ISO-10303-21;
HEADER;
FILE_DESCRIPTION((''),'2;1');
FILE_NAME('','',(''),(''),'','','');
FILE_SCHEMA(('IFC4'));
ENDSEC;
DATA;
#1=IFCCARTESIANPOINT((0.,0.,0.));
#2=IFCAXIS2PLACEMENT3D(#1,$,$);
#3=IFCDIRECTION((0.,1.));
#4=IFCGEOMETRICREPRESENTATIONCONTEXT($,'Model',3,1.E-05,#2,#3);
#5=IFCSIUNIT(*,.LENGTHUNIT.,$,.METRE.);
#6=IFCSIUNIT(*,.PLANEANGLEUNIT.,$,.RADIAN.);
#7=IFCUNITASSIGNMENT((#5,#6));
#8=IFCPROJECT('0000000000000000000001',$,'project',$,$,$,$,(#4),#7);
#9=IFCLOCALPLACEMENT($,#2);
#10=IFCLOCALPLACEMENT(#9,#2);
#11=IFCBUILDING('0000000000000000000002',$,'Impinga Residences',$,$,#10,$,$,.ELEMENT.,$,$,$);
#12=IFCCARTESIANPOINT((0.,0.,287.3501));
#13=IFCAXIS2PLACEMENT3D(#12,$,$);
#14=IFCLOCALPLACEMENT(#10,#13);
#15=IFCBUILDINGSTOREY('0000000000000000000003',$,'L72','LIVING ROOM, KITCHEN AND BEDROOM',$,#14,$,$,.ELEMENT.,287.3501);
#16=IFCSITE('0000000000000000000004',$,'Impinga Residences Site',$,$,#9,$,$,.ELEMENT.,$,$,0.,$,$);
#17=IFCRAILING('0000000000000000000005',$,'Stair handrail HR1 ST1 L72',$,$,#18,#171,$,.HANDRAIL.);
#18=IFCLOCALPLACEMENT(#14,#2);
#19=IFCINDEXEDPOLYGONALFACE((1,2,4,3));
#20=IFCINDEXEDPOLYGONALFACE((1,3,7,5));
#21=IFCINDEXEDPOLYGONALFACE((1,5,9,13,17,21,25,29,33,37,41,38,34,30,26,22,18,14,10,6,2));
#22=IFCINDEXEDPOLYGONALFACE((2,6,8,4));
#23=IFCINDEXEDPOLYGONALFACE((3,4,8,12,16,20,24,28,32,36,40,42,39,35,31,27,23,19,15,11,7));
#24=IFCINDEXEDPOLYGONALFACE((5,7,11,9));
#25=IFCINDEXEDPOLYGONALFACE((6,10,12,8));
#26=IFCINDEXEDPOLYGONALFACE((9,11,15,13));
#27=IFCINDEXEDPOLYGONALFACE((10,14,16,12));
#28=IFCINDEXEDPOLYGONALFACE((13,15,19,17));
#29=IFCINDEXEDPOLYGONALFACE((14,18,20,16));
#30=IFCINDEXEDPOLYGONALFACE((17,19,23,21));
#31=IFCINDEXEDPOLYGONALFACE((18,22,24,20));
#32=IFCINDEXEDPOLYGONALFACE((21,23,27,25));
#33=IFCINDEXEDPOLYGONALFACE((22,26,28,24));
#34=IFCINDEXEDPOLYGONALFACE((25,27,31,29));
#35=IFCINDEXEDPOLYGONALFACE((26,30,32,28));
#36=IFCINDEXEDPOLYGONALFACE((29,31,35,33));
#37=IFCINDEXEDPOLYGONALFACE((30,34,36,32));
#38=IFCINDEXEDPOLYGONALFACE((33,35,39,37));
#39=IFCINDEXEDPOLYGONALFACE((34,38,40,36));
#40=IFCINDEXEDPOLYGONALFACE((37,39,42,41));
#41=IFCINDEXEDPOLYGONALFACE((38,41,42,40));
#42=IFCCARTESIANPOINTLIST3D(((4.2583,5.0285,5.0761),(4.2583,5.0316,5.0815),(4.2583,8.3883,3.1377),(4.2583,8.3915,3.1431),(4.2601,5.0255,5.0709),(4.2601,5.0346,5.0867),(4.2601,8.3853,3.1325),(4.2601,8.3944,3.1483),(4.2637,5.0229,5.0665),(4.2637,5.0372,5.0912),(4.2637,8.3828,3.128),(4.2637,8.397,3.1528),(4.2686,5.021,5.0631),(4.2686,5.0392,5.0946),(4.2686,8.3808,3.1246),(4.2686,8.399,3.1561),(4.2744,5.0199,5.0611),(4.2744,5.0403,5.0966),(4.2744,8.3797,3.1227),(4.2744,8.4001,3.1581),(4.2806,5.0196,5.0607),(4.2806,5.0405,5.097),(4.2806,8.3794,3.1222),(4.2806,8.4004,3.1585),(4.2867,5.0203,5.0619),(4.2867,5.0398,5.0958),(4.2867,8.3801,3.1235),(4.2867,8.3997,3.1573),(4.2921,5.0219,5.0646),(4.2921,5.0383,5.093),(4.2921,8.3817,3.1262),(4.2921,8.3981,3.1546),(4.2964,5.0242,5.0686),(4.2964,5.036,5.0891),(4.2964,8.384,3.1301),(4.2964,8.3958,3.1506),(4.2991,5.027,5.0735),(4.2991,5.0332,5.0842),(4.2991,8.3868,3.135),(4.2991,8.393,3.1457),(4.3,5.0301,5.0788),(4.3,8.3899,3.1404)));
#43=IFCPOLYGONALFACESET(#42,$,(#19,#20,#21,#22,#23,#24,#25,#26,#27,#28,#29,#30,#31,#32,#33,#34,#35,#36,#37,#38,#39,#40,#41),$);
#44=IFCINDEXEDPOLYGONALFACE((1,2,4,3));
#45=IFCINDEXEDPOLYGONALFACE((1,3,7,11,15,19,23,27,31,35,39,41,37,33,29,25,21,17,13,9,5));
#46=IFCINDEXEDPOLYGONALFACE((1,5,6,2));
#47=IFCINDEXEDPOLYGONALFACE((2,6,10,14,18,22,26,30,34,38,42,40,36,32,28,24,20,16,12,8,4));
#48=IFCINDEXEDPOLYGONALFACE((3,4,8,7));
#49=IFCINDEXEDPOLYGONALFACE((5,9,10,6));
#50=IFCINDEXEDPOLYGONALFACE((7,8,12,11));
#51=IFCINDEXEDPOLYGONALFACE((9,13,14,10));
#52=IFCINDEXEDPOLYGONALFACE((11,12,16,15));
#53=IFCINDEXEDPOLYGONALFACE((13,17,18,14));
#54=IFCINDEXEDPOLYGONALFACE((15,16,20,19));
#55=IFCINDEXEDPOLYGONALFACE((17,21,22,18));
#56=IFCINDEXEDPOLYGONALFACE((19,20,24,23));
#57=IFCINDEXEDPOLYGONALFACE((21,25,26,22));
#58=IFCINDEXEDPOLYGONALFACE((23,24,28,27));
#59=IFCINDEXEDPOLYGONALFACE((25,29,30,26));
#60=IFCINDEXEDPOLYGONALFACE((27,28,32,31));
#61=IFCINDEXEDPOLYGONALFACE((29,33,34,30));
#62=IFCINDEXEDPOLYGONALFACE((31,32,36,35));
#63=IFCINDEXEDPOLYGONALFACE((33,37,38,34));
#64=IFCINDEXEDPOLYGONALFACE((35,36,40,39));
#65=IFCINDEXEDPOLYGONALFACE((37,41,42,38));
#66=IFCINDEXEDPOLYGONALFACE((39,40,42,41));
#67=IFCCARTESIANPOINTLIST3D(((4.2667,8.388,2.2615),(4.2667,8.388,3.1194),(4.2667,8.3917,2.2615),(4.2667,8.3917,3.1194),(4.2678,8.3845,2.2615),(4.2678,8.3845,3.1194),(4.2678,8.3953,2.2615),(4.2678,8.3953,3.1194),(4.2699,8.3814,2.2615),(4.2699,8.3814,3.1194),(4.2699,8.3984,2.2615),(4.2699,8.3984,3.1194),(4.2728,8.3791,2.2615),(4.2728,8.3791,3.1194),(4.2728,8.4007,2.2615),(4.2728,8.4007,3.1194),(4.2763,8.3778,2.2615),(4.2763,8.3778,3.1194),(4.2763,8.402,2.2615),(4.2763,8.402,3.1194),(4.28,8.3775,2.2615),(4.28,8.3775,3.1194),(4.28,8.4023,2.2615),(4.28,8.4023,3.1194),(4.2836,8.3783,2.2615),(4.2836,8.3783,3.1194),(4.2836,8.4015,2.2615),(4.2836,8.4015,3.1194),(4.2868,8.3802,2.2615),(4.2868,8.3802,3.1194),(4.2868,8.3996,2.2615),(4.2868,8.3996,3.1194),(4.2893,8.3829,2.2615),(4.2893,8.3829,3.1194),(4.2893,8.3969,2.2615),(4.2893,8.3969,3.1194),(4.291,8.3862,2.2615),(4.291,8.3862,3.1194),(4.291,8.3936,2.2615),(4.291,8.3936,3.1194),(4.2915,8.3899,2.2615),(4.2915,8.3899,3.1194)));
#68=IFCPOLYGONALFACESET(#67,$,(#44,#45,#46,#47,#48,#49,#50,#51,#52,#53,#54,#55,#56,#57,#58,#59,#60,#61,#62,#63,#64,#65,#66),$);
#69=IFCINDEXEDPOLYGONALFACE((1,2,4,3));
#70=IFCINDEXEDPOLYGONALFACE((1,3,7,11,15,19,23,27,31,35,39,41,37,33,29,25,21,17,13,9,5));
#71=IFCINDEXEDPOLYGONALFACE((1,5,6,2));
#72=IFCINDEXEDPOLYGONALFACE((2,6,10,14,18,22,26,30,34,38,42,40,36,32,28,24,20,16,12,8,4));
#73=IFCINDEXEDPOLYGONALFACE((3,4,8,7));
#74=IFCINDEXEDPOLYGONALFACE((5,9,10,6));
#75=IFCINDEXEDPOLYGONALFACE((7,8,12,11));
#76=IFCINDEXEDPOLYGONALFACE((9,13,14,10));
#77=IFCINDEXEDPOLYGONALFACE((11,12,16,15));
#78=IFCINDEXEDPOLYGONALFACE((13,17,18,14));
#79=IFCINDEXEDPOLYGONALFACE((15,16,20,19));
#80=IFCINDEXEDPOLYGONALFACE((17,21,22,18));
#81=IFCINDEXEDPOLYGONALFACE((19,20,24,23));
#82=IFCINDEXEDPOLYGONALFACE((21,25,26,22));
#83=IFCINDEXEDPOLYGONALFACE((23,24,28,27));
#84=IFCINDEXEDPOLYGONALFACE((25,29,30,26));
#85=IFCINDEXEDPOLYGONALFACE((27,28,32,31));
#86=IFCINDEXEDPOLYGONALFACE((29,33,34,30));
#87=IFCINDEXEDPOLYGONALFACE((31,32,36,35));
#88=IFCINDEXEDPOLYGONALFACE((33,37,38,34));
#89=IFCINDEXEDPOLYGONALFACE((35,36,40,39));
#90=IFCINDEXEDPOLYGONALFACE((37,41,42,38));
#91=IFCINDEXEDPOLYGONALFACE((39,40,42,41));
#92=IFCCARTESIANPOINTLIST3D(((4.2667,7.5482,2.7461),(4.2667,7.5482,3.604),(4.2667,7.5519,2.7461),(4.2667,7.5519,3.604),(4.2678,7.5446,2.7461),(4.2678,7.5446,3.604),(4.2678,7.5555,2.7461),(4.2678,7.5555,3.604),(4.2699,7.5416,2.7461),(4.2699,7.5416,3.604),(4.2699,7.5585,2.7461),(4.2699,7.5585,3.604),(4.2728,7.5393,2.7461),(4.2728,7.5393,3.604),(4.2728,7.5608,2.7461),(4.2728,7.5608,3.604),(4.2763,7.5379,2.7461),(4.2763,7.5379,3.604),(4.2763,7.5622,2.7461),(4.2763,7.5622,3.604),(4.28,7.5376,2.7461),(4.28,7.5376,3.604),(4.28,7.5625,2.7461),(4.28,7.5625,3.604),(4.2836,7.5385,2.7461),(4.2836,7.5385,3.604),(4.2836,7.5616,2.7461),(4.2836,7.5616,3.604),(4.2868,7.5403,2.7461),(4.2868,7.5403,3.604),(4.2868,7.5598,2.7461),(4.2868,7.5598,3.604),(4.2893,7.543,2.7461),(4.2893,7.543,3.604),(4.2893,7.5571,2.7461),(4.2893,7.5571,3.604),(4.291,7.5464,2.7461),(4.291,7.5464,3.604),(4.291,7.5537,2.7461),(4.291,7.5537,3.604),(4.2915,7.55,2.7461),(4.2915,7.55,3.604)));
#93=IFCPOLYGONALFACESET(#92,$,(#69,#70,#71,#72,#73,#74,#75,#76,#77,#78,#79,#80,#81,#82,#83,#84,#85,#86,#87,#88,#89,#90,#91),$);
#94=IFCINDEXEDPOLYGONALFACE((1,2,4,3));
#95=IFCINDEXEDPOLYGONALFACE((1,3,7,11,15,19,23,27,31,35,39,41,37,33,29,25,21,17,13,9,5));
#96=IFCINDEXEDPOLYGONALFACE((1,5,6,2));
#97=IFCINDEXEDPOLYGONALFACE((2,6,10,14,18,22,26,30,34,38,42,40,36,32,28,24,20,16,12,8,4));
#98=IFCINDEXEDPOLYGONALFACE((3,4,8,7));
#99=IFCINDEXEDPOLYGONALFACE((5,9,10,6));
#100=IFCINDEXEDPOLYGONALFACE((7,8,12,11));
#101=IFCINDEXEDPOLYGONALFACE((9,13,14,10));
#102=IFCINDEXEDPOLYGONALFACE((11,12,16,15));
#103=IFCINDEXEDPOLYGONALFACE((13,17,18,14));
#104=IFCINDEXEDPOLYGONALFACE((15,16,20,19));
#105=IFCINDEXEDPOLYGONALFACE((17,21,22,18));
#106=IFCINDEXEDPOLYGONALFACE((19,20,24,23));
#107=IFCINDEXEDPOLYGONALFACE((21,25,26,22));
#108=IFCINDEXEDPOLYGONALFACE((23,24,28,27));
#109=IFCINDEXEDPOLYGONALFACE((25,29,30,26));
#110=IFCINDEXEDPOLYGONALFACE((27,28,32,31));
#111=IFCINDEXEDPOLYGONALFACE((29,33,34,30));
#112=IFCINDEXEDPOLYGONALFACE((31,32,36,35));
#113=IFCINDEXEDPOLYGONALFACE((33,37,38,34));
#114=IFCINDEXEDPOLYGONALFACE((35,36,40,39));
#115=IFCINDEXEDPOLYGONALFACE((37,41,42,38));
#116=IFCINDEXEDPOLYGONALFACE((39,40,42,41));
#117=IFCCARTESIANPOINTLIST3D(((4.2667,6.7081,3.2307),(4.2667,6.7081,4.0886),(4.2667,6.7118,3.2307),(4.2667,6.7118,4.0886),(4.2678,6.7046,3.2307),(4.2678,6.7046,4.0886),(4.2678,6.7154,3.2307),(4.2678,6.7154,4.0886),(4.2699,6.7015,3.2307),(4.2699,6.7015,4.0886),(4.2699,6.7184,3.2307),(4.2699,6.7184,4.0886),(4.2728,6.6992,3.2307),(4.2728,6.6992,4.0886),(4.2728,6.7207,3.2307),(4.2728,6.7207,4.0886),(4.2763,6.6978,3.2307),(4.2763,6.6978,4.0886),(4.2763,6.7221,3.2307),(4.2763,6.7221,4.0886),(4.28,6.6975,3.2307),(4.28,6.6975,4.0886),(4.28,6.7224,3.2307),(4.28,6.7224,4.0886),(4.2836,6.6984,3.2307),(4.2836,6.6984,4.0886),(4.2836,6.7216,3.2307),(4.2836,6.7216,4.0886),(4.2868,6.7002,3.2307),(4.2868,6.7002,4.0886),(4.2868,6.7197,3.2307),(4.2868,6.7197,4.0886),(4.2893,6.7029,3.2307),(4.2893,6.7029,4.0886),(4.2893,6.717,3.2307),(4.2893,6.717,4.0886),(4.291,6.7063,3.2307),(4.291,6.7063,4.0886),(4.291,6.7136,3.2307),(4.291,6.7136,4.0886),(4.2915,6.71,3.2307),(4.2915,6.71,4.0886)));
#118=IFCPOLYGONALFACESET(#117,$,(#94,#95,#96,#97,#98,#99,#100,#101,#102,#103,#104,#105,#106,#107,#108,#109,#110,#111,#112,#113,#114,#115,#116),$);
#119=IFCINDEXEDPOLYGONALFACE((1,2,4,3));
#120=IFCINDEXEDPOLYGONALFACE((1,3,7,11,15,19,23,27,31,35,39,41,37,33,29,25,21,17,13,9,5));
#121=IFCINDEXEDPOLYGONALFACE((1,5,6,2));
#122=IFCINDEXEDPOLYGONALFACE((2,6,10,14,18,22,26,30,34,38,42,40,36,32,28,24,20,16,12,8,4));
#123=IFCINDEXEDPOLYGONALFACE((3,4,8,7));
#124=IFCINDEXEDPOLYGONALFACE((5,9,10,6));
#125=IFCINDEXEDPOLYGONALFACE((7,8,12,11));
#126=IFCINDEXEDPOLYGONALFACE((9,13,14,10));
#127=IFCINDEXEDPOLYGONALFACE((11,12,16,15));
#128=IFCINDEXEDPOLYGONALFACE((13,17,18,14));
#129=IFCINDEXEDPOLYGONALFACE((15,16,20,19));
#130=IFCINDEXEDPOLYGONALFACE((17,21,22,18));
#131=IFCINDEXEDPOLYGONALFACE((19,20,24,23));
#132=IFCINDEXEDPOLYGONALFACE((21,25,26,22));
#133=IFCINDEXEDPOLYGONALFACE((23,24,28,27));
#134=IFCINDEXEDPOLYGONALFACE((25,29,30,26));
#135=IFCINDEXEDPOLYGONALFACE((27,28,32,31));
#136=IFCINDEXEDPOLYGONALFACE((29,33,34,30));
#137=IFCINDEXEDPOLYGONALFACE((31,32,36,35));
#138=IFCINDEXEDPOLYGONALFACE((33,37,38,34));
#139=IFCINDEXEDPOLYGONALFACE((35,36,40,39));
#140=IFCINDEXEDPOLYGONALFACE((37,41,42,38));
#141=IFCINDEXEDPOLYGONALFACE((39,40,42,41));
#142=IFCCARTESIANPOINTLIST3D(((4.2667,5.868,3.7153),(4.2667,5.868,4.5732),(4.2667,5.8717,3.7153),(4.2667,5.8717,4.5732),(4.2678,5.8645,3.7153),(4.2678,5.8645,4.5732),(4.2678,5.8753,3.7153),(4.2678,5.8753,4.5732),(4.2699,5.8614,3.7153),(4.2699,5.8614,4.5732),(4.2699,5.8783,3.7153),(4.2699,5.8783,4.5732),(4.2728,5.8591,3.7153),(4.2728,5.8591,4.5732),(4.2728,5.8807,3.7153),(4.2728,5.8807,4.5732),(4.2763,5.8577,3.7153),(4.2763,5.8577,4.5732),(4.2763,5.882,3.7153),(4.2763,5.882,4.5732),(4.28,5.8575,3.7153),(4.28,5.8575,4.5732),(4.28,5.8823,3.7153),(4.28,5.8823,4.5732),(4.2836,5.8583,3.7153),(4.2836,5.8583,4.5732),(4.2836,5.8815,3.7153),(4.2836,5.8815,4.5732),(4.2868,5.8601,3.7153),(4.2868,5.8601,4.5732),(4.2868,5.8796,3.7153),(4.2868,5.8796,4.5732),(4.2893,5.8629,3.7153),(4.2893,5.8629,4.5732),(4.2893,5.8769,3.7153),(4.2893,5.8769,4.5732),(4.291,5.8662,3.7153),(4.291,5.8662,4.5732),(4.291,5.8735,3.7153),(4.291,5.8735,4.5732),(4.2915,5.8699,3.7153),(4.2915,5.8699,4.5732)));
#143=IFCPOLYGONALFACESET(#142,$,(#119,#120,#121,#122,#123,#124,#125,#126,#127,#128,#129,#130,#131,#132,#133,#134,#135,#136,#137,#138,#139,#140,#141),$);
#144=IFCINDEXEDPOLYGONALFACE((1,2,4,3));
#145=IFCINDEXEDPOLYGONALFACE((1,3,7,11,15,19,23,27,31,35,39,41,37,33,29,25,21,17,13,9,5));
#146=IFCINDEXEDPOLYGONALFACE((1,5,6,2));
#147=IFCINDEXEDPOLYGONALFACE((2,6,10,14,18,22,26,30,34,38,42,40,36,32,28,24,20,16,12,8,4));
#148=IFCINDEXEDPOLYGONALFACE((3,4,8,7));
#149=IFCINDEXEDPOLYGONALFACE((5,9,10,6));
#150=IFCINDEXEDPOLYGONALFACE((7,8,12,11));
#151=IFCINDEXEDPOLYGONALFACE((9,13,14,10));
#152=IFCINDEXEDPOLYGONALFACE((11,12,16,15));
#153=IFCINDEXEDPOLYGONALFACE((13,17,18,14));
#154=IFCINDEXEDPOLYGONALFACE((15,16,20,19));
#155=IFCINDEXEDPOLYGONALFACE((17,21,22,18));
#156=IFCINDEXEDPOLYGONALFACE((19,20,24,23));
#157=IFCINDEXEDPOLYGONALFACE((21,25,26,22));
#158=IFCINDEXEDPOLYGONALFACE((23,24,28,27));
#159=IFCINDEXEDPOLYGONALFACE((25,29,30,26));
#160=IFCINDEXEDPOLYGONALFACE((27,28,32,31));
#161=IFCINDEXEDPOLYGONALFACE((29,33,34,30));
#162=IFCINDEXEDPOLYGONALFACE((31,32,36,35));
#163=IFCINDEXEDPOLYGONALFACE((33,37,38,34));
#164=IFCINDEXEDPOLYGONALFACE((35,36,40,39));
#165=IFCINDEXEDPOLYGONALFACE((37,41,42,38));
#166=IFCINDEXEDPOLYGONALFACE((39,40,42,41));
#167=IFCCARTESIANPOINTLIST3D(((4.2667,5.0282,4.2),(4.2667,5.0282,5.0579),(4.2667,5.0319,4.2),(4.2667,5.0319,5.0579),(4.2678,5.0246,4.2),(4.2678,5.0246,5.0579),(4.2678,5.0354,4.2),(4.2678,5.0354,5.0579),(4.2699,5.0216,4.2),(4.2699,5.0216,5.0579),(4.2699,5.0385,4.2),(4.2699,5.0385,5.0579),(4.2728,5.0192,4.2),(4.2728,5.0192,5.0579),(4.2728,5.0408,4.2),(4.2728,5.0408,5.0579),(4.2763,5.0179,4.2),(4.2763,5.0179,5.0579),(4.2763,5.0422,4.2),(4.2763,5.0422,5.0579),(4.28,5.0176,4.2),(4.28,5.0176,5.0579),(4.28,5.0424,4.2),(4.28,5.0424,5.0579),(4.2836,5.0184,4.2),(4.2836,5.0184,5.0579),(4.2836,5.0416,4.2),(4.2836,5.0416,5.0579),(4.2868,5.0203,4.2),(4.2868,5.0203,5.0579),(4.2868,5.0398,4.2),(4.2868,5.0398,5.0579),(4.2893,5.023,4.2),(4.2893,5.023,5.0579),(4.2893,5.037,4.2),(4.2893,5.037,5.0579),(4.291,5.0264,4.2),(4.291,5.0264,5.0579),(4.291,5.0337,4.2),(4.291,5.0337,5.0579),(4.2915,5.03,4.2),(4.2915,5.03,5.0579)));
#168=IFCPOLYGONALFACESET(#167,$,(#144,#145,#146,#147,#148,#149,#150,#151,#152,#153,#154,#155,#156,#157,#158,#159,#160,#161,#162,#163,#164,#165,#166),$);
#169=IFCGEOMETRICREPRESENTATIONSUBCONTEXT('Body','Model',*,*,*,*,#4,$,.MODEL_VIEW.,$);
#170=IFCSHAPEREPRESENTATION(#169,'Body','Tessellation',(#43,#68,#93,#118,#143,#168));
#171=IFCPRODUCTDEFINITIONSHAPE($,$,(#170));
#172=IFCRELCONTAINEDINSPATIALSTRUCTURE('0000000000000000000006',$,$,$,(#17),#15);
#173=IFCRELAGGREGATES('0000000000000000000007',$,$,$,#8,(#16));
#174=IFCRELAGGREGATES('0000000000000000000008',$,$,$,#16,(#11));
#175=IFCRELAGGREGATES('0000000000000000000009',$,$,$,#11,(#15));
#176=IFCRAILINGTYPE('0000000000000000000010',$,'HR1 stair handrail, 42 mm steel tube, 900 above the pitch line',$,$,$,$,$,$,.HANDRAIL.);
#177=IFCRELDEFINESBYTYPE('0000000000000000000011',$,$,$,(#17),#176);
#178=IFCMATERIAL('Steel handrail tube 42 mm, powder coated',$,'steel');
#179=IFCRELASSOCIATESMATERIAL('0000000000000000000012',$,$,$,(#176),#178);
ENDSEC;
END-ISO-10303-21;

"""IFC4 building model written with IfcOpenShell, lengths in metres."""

from ifc_helpers import new_model, si_unit, direction, frame, origin, origin_2d, place, context, subcontext, project, spatial, circle, extrude, material, type_object, element, save


model = new_model("IFC4")

# Units and contexts
model_context = context("Model", 3, precision=1e-05, world=origin(), true_north=direction((0.0, 1.0)))
body_context = subcontext(model_context, "Body", "Model", "MODEL_VIEW")
ifc_project = project(units=[si_unit("LENGTHUNIT", "METRE"), si_unit("PLANEANGLEUNIT", "RADIAN")], contexts=[model_context])

# Site, building, storey
site_placement = place(None, origin())
site = spatial("IfcSite", under=ifc_project, at=site_placement, Name="Impinga Residences Site", CompositionType="ELEMENT", RefElevation=0.0)
building_placement = place(site_placement, origin())
building = spatial("IfcBuilding", under=site, at=building_placement, Name="Impinga Residences", CompositionType="ELEMENT")
storey_placement = place(building_placement, frame((0.0, 0.0, 287.3501)))
storey = spatial("IfcBuildingStorey", under=building, at=storey_placement, Name="L72", Description="LIVING ROOM, KITCHEN AND BEDROOM", CompositionType="ELEMENT", Elevation=287.3501)

# Railing
ifc_material_1 = material(Name="Steel handrail tube 42 mm, powder coated", Category="steel")
railing_type_1 = type_object("IfcRailingType", Name="HR1 stair handrail, 42 mm steel tube, 900 above the pitch line", PredefinedType="HANDRAIL", material=ifc_material_1)
railing_1_placement = place(storey_placement, frame((4.2791, 8.3899, 2.2615)))
element("IfcRailing", 1, at=railing_1_placement, inside=storey, type_object=railing_type_1, Name="Stair handrail HR1 ST1 L72", PredefinedType="HANDRAIL", context=body_context, shape_type="SweptSolid", body=[
    extrude(circle(Radius=0.021, at=origin_2d()), frame((0.0, 0.0, 0.8789), z_axis=(0.0, -0.866175, 0.499741), x_axis=(1.0, 0.0, 0.0)), (0.0, 0.0, 1.0), 3.8789),
    extrude(circle(Radius=0.0125, at=origin_2d()), origin(), (0.0, 0.0, 1.0), 0.8579),
    extrude(circle(Radius=0.0125, at=origin_2d()), frame((0.0, -0.8398, 0.4846)), (0.0, 0.0, 1.0), 0.8579),
    extrude(circle(Radius=0.0125, at=origin_2d()), frame((0.0, -1.6799, 0.9692)), (0.0, 0.0, 1.0), 0.8579),
    extrude(circle(Radius=0.0125, at=origin_2d()), frame((0.0, -2.52, 1.4539)), (0.0, 0.0, 1.0), 0.8579),
    extrude(circle(Radius=0.0125, at=origin_2d()), frame((0.0, -3.3599, 1.9385)), (0.0, 0.0, 1.0), 0.8579),
])

save(model, "model.ifc")
